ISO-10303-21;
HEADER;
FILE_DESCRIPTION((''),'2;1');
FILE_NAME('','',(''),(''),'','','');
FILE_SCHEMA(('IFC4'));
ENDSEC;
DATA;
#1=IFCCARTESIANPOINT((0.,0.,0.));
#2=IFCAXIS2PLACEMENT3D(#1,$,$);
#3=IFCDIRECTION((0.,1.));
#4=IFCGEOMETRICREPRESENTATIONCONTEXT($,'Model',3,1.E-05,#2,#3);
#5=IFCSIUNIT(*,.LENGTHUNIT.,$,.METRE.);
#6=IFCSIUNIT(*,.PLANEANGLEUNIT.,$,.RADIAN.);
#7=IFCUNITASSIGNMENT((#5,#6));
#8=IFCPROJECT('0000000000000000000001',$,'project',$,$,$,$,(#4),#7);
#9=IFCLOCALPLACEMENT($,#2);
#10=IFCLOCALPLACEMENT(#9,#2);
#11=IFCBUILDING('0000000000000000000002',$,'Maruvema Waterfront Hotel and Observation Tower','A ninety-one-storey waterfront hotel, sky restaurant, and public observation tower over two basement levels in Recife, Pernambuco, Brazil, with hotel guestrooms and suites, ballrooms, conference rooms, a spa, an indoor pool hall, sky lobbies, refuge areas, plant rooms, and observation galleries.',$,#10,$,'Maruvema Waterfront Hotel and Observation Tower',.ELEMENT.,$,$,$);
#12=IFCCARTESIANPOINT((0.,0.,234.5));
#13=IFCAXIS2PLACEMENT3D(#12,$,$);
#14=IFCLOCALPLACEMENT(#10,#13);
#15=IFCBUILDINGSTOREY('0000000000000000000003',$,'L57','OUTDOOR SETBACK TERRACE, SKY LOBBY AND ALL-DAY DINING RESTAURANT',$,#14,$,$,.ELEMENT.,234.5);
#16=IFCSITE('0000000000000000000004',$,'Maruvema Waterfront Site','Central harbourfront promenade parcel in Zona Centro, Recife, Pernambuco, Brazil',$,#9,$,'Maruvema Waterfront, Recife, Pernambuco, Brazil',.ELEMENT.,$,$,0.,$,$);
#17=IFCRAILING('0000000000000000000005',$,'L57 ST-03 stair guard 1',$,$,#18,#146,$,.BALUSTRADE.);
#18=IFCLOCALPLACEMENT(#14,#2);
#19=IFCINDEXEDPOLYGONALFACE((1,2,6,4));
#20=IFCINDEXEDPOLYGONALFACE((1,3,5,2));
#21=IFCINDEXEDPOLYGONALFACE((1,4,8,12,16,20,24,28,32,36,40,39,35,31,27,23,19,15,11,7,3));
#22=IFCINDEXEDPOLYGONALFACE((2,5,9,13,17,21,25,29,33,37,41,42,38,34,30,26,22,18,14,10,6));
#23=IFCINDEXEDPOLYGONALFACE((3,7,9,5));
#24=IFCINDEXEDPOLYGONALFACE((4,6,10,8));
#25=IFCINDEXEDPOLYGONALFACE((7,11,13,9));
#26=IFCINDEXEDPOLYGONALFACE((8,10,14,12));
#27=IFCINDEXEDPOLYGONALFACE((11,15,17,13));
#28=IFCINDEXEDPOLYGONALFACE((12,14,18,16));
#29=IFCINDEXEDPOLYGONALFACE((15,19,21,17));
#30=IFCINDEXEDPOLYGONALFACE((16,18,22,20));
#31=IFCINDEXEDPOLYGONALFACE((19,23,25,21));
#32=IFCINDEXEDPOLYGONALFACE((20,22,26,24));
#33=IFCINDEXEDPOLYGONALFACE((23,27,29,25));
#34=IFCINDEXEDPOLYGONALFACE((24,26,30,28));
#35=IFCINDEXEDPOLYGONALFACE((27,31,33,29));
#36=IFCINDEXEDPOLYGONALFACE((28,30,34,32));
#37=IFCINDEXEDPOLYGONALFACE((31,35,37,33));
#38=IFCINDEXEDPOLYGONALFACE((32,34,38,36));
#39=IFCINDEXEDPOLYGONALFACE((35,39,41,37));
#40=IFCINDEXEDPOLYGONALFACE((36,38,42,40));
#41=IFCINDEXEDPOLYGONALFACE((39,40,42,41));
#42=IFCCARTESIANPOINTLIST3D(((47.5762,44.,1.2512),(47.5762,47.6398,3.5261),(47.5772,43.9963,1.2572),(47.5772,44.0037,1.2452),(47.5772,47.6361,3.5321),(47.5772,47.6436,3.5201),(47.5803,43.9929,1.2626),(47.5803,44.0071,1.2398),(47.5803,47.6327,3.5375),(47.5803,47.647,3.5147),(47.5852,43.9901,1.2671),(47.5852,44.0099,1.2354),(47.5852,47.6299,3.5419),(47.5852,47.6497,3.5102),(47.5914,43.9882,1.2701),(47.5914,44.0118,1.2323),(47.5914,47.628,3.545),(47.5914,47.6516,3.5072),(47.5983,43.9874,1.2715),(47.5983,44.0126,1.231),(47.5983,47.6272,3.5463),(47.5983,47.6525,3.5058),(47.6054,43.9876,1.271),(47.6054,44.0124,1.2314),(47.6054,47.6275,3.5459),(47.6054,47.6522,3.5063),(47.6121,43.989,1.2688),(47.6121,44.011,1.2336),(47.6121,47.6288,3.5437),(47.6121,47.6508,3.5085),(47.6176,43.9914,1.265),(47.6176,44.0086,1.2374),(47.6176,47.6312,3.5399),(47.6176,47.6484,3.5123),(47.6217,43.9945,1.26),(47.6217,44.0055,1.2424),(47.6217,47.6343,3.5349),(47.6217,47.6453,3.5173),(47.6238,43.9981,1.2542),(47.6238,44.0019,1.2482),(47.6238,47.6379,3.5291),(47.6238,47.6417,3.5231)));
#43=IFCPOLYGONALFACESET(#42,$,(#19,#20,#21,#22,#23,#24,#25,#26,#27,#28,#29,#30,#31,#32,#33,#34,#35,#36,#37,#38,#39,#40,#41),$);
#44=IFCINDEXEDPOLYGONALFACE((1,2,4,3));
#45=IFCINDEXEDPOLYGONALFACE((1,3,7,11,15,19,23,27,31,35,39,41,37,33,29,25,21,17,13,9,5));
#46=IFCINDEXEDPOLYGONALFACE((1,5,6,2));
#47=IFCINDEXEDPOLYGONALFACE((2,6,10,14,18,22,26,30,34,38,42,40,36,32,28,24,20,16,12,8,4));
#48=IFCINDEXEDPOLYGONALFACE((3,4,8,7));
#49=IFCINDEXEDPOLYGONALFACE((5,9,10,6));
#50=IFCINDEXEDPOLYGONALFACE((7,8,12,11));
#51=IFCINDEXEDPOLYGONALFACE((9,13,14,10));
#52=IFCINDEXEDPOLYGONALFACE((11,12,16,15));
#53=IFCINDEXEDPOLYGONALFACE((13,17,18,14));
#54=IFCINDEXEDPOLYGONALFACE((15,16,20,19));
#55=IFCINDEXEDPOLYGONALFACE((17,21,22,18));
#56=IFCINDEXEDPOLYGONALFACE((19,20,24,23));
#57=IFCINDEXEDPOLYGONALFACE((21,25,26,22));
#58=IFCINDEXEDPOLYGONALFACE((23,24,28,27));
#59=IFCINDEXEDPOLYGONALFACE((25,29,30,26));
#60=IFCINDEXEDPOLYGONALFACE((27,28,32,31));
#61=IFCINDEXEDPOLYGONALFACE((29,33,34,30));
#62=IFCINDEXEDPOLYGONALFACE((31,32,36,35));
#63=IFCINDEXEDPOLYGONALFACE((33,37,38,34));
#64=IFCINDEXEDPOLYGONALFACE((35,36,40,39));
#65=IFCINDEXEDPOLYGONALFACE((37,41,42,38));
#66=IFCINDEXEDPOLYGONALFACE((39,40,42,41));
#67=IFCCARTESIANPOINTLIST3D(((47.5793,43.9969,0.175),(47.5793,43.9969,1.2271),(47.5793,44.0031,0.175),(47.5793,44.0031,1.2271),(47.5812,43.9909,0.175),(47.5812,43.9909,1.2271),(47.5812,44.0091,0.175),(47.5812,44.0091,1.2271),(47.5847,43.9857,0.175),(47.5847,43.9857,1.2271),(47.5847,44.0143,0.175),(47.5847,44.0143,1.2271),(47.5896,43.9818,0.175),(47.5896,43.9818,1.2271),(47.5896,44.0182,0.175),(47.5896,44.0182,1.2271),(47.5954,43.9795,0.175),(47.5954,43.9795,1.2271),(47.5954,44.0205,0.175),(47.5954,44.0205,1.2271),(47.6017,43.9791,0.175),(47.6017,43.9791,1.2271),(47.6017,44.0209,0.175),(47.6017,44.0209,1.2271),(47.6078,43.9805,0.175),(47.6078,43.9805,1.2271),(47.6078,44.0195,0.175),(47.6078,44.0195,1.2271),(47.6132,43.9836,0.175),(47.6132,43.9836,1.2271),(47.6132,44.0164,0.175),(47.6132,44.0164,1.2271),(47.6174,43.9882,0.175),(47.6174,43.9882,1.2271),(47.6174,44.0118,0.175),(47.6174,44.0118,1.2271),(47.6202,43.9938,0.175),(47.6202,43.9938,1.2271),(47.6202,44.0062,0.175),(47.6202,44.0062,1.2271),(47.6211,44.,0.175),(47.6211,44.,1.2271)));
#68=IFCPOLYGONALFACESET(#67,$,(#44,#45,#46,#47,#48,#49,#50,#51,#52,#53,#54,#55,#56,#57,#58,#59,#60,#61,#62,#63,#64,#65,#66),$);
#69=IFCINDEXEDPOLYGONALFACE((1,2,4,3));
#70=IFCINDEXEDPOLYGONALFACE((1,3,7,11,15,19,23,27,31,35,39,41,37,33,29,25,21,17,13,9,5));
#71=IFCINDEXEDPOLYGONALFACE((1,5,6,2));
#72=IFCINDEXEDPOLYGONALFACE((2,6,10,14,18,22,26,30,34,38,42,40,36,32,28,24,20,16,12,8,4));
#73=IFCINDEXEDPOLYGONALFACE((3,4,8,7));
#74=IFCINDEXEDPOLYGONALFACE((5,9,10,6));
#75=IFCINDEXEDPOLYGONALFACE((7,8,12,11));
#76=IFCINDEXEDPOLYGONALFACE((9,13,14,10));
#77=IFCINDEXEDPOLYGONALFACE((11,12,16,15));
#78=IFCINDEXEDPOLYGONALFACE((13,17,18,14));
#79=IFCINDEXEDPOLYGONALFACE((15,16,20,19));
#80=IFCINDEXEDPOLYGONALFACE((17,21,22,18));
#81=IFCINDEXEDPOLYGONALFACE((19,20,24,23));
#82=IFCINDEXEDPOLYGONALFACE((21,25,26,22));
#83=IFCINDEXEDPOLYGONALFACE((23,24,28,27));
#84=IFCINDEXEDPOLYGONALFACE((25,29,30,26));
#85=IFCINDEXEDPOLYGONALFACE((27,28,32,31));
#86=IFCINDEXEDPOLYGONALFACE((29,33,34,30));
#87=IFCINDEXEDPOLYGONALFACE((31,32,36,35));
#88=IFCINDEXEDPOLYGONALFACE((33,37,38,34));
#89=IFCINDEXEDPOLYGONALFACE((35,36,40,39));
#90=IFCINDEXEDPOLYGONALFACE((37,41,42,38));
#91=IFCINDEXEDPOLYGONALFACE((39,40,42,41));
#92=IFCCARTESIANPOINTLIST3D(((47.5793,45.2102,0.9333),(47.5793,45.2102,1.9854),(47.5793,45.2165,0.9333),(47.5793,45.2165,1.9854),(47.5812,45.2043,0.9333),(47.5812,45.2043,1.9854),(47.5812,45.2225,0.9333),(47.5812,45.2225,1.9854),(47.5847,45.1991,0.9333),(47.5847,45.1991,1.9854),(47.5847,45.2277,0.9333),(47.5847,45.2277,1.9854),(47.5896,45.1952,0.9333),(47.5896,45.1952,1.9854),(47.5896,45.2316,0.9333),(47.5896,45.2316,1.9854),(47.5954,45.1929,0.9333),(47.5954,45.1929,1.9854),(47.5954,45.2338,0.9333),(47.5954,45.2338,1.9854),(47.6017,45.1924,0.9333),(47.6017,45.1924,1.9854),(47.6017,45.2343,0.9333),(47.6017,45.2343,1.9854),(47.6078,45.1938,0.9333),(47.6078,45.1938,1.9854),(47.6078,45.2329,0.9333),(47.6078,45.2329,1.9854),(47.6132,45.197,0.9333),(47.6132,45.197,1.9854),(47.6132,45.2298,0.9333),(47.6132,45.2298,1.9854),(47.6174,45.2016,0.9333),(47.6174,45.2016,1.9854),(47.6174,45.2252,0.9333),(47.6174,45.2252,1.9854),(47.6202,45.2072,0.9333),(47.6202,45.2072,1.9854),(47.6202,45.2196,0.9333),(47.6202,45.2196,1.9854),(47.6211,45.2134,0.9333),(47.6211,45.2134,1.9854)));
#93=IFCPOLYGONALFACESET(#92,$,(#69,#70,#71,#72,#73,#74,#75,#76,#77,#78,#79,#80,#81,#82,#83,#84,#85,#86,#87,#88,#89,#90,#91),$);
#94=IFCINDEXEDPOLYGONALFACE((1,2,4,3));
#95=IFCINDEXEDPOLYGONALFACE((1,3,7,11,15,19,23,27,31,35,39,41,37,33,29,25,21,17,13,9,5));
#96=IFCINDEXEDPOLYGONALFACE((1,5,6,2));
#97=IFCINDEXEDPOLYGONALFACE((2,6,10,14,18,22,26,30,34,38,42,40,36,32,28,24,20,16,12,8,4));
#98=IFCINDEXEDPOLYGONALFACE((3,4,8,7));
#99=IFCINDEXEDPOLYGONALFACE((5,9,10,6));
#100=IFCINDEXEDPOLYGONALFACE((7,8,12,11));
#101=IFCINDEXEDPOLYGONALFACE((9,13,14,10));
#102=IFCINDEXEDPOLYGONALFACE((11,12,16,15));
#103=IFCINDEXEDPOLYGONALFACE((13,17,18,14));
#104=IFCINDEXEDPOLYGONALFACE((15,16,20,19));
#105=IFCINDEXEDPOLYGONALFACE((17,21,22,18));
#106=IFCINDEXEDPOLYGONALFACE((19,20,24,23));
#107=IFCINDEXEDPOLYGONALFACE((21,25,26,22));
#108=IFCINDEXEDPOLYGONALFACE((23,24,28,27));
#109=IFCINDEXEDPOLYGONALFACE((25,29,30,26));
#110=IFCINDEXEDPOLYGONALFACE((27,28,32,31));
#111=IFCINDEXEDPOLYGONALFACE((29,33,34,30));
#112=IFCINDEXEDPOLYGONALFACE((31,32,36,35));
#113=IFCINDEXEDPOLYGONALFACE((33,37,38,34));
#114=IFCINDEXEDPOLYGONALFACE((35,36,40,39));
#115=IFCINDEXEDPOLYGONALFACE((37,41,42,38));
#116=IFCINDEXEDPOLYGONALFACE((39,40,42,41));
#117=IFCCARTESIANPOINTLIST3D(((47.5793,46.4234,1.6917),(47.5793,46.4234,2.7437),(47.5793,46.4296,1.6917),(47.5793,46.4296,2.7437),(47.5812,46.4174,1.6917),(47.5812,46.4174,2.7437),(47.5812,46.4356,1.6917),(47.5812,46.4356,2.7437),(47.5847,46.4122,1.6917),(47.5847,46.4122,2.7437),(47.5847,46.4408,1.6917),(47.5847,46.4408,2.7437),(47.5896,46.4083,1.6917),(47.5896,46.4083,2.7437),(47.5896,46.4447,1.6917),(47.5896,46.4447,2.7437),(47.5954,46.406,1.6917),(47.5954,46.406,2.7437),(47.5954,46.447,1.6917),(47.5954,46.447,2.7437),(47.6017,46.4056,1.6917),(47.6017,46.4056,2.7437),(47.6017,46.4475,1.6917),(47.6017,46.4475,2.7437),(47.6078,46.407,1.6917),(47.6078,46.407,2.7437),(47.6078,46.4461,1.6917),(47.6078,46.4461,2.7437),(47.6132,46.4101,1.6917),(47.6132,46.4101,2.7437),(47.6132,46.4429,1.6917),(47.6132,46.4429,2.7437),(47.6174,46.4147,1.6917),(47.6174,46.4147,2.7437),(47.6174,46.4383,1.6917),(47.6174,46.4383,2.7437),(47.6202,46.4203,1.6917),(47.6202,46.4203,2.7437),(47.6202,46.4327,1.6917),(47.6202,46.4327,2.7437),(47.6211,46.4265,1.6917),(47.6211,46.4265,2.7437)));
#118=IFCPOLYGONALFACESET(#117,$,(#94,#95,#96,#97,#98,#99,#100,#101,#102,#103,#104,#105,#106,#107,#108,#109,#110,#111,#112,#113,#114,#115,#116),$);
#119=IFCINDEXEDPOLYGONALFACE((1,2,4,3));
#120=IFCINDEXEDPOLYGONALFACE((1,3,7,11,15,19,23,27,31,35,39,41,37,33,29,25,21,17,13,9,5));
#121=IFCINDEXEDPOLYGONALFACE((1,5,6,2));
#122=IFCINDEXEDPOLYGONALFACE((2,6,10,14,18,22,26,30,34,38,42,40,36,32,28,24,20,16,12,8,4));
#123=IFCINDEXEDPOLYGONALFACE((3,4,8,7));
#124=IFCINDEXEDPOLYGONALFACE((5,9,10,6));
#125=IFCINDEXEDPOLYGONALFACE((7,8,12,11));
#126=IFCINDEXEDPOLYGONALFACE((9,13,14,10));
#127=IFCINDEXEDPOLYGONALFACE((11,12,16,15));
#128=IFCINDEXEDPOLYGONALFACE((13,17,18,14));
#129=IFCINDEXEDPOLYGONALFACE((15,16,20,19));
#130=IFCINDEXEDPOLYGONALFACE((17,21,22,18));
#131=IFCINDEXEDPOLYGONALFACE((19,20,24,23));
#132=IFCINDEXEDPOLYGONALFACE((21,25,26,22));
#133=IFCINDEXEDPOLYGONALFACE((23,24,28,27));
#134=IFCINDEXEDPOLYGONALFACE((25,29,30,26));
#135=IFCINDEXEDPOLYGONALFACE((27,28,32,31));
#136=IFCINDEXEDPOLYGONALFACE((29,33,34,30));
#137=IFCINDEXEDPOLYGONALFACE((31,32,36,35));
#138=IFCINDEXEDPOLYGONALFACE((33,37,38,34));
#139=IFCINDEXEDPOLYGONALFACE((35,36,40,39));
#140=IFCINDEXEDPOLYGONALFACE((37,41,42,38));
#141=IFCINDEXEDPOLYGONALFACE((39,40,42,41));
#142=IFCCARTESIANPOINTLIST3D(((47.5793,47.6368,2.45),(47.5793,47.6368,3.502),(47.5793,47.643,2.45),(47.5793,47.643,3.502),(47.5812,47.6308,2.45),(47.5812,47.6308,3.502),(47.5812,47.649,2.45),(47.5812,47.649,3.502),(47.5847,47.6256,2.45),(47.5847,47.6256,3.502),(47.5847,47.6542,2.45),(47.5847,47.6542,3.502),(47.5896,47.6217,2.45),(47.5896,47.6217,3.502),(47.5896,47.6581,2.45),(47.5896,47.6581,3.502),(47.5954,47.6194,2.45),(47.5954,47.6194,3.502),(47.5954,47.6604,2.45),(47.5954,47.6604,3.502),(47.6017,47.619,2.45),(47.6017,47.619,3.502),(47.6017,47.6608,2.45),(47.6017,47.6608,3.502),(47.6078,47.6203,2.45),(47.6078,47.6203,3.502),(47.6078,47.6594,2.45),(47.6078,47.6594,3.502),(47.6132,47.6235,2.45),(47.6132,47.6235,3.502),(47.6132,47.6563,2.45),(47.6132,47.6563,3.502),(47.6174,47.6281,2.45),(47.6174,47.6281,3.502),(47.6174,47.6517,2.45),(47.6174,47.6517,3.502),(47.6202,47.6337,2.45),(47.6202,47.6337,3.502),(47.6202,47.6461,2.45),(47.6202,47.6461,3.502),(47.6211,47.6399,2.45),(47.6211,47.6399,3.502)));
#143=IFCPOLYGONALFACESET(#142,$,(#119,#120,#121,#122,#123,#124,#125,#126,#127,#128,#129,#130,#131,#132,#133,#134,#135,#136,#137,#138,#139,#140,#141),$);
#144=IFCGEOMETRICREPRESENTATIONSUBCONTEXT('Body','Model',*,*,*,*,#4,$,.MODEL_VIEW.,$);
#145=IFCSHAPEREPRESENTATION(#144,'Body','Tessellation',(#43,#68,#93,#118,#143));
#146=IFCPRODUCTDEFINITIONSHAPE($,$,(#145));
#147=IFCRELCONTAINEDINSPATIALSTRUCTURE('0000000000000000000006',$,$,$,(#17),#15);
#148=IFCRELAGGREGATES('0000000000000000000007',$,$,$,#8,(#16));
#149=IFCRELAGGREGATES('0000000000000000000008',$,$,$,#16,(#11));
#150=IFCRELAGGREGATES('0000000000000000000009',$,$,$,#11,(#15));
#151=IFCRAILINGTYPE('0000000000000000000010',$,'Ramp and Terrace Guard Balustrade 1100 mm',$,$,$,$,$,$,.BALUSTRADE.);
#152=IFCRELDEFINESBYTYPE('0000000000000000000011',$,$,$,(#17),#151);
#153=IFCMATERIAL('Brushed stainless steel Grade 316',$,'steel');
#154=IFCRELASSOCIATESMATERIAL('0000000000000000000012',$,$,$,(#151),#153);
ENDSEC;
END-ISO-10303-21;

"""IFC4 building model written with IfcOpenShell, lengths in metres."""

from ifc_helpers import new_model, si_unit, direction, frame, origin, origin_2d, place, context, subcontext, project, spatial, circle, extrude, material, type_object, element, save


model = new_model("IFC4")

# Units and contexts
model_context = context("Model", 3, precision=1e-05, world=origin(), true_north=direction((0.0, 1.0)))
body_context = subcontext(model_context, "Body", "Model", "MODEL_VIEW")
ifc_project = project(units=[si_unit("LENGTHUNIT", "METRE"), si_unit("PLANEANGLEUNIT", "RADIAN")], contexts=[model_context])

# Site, building, storey
site_placement = place(None, origin())
site = spatial("IfcSite", under=ifc_project, at=site_placement, Name="Maruvema Waterfront Site", Description="Central harbourfront promenade parcel in Zona Centro, Recife, Pernambuco, Brazil", LongName="Maruvema Waterfront, Recife, Pernambuco, Brazil", CompositionType="ELEMENT", RefElevation=0.0)
building_placement = place(site_placement, origin())
building = spatial("IfcBuilding", under=site, at=building_placement, Name="Maruvema Waterfront Hotel and Observation Tower", Description="A ninety-one-storey waterfront hotel, sky restaurant, and public observation tower over two basement levels in Recife, Pernambuco, Brazil, with hotel guestrooms and suites, ballrooms, conference rooms, a spa, an indoor pool hall, sky lobbies, refuge areas, plant rooms, and observation galleries.", LongName="Maruvema Waterfront Hotel and Observation Tower", CompositionType="ELEMENT")
storey_placement = place(building_placement, frame((0.0, 0.0, 234.5)))
storey = spatial("IfcBuildingStorey", under=building, at=storey_placement, Name="L57", Description="OUTDOOR SETBACK TERRACE, SKY LOBBY AND ALL-DAY DINING RESTAURANT", CompositionType="ELEMENT", Elevation=234.5)

# Railing
ifc_material_1 = material(Name="Brushed stainless steel Grade 316", Category="steel")
railing_type_1 = type_object("IfcRailingType", Name="Ramp and Terrace Guard Balustrade 1100 mm", PredefinedType="BALUSTRADE", material=ifc_material_1)
railing_1_placement = place(storey_placement, frame((47.6001, 44.0, 0.175)))
element("IfcRailing", 1, at=railing_1_placement, inside=storey, type_object=railing_type_1, Name="L57 ST-03 stair guard 1", PredefinedType="BALUSTRADE", context=body_context, shape_type="SweptSolid", body=[
    extrude(circle(Radius=0.0239, at=origin_2d()), frame((0.0, 0.0, 1.0762), z_axis=(0.0, 0.848001, 0.529994), x_axis=(-1.0, 0.0, 0.0)), (0.0, 0.0, 1.0), 4.2922),
    extrude(circle(Radius=0.021, at=origin_2d()), origin(), (0.0, 0.0, 1.0), 1.052),
    extrude(circle(Radius=0.021, at=origin_2d()), frame((0.0, 1.2134, 0.7583)), (0.0, 0.0, 1.0), 1.052),
    extrude(circle(Radius=0.021, at=origin_2d()), frame((0.0, 2.4265, 1.5166)), (0.0, 0.0, 1.0), 1.052),
    extrude(circle(Radius=0.021, at=origin_2d()), frame((0.0, 3.6399, 2.2749)), (0.0, 0.0, 1.0), 1.052),
])

save(model, "model.ifc")
